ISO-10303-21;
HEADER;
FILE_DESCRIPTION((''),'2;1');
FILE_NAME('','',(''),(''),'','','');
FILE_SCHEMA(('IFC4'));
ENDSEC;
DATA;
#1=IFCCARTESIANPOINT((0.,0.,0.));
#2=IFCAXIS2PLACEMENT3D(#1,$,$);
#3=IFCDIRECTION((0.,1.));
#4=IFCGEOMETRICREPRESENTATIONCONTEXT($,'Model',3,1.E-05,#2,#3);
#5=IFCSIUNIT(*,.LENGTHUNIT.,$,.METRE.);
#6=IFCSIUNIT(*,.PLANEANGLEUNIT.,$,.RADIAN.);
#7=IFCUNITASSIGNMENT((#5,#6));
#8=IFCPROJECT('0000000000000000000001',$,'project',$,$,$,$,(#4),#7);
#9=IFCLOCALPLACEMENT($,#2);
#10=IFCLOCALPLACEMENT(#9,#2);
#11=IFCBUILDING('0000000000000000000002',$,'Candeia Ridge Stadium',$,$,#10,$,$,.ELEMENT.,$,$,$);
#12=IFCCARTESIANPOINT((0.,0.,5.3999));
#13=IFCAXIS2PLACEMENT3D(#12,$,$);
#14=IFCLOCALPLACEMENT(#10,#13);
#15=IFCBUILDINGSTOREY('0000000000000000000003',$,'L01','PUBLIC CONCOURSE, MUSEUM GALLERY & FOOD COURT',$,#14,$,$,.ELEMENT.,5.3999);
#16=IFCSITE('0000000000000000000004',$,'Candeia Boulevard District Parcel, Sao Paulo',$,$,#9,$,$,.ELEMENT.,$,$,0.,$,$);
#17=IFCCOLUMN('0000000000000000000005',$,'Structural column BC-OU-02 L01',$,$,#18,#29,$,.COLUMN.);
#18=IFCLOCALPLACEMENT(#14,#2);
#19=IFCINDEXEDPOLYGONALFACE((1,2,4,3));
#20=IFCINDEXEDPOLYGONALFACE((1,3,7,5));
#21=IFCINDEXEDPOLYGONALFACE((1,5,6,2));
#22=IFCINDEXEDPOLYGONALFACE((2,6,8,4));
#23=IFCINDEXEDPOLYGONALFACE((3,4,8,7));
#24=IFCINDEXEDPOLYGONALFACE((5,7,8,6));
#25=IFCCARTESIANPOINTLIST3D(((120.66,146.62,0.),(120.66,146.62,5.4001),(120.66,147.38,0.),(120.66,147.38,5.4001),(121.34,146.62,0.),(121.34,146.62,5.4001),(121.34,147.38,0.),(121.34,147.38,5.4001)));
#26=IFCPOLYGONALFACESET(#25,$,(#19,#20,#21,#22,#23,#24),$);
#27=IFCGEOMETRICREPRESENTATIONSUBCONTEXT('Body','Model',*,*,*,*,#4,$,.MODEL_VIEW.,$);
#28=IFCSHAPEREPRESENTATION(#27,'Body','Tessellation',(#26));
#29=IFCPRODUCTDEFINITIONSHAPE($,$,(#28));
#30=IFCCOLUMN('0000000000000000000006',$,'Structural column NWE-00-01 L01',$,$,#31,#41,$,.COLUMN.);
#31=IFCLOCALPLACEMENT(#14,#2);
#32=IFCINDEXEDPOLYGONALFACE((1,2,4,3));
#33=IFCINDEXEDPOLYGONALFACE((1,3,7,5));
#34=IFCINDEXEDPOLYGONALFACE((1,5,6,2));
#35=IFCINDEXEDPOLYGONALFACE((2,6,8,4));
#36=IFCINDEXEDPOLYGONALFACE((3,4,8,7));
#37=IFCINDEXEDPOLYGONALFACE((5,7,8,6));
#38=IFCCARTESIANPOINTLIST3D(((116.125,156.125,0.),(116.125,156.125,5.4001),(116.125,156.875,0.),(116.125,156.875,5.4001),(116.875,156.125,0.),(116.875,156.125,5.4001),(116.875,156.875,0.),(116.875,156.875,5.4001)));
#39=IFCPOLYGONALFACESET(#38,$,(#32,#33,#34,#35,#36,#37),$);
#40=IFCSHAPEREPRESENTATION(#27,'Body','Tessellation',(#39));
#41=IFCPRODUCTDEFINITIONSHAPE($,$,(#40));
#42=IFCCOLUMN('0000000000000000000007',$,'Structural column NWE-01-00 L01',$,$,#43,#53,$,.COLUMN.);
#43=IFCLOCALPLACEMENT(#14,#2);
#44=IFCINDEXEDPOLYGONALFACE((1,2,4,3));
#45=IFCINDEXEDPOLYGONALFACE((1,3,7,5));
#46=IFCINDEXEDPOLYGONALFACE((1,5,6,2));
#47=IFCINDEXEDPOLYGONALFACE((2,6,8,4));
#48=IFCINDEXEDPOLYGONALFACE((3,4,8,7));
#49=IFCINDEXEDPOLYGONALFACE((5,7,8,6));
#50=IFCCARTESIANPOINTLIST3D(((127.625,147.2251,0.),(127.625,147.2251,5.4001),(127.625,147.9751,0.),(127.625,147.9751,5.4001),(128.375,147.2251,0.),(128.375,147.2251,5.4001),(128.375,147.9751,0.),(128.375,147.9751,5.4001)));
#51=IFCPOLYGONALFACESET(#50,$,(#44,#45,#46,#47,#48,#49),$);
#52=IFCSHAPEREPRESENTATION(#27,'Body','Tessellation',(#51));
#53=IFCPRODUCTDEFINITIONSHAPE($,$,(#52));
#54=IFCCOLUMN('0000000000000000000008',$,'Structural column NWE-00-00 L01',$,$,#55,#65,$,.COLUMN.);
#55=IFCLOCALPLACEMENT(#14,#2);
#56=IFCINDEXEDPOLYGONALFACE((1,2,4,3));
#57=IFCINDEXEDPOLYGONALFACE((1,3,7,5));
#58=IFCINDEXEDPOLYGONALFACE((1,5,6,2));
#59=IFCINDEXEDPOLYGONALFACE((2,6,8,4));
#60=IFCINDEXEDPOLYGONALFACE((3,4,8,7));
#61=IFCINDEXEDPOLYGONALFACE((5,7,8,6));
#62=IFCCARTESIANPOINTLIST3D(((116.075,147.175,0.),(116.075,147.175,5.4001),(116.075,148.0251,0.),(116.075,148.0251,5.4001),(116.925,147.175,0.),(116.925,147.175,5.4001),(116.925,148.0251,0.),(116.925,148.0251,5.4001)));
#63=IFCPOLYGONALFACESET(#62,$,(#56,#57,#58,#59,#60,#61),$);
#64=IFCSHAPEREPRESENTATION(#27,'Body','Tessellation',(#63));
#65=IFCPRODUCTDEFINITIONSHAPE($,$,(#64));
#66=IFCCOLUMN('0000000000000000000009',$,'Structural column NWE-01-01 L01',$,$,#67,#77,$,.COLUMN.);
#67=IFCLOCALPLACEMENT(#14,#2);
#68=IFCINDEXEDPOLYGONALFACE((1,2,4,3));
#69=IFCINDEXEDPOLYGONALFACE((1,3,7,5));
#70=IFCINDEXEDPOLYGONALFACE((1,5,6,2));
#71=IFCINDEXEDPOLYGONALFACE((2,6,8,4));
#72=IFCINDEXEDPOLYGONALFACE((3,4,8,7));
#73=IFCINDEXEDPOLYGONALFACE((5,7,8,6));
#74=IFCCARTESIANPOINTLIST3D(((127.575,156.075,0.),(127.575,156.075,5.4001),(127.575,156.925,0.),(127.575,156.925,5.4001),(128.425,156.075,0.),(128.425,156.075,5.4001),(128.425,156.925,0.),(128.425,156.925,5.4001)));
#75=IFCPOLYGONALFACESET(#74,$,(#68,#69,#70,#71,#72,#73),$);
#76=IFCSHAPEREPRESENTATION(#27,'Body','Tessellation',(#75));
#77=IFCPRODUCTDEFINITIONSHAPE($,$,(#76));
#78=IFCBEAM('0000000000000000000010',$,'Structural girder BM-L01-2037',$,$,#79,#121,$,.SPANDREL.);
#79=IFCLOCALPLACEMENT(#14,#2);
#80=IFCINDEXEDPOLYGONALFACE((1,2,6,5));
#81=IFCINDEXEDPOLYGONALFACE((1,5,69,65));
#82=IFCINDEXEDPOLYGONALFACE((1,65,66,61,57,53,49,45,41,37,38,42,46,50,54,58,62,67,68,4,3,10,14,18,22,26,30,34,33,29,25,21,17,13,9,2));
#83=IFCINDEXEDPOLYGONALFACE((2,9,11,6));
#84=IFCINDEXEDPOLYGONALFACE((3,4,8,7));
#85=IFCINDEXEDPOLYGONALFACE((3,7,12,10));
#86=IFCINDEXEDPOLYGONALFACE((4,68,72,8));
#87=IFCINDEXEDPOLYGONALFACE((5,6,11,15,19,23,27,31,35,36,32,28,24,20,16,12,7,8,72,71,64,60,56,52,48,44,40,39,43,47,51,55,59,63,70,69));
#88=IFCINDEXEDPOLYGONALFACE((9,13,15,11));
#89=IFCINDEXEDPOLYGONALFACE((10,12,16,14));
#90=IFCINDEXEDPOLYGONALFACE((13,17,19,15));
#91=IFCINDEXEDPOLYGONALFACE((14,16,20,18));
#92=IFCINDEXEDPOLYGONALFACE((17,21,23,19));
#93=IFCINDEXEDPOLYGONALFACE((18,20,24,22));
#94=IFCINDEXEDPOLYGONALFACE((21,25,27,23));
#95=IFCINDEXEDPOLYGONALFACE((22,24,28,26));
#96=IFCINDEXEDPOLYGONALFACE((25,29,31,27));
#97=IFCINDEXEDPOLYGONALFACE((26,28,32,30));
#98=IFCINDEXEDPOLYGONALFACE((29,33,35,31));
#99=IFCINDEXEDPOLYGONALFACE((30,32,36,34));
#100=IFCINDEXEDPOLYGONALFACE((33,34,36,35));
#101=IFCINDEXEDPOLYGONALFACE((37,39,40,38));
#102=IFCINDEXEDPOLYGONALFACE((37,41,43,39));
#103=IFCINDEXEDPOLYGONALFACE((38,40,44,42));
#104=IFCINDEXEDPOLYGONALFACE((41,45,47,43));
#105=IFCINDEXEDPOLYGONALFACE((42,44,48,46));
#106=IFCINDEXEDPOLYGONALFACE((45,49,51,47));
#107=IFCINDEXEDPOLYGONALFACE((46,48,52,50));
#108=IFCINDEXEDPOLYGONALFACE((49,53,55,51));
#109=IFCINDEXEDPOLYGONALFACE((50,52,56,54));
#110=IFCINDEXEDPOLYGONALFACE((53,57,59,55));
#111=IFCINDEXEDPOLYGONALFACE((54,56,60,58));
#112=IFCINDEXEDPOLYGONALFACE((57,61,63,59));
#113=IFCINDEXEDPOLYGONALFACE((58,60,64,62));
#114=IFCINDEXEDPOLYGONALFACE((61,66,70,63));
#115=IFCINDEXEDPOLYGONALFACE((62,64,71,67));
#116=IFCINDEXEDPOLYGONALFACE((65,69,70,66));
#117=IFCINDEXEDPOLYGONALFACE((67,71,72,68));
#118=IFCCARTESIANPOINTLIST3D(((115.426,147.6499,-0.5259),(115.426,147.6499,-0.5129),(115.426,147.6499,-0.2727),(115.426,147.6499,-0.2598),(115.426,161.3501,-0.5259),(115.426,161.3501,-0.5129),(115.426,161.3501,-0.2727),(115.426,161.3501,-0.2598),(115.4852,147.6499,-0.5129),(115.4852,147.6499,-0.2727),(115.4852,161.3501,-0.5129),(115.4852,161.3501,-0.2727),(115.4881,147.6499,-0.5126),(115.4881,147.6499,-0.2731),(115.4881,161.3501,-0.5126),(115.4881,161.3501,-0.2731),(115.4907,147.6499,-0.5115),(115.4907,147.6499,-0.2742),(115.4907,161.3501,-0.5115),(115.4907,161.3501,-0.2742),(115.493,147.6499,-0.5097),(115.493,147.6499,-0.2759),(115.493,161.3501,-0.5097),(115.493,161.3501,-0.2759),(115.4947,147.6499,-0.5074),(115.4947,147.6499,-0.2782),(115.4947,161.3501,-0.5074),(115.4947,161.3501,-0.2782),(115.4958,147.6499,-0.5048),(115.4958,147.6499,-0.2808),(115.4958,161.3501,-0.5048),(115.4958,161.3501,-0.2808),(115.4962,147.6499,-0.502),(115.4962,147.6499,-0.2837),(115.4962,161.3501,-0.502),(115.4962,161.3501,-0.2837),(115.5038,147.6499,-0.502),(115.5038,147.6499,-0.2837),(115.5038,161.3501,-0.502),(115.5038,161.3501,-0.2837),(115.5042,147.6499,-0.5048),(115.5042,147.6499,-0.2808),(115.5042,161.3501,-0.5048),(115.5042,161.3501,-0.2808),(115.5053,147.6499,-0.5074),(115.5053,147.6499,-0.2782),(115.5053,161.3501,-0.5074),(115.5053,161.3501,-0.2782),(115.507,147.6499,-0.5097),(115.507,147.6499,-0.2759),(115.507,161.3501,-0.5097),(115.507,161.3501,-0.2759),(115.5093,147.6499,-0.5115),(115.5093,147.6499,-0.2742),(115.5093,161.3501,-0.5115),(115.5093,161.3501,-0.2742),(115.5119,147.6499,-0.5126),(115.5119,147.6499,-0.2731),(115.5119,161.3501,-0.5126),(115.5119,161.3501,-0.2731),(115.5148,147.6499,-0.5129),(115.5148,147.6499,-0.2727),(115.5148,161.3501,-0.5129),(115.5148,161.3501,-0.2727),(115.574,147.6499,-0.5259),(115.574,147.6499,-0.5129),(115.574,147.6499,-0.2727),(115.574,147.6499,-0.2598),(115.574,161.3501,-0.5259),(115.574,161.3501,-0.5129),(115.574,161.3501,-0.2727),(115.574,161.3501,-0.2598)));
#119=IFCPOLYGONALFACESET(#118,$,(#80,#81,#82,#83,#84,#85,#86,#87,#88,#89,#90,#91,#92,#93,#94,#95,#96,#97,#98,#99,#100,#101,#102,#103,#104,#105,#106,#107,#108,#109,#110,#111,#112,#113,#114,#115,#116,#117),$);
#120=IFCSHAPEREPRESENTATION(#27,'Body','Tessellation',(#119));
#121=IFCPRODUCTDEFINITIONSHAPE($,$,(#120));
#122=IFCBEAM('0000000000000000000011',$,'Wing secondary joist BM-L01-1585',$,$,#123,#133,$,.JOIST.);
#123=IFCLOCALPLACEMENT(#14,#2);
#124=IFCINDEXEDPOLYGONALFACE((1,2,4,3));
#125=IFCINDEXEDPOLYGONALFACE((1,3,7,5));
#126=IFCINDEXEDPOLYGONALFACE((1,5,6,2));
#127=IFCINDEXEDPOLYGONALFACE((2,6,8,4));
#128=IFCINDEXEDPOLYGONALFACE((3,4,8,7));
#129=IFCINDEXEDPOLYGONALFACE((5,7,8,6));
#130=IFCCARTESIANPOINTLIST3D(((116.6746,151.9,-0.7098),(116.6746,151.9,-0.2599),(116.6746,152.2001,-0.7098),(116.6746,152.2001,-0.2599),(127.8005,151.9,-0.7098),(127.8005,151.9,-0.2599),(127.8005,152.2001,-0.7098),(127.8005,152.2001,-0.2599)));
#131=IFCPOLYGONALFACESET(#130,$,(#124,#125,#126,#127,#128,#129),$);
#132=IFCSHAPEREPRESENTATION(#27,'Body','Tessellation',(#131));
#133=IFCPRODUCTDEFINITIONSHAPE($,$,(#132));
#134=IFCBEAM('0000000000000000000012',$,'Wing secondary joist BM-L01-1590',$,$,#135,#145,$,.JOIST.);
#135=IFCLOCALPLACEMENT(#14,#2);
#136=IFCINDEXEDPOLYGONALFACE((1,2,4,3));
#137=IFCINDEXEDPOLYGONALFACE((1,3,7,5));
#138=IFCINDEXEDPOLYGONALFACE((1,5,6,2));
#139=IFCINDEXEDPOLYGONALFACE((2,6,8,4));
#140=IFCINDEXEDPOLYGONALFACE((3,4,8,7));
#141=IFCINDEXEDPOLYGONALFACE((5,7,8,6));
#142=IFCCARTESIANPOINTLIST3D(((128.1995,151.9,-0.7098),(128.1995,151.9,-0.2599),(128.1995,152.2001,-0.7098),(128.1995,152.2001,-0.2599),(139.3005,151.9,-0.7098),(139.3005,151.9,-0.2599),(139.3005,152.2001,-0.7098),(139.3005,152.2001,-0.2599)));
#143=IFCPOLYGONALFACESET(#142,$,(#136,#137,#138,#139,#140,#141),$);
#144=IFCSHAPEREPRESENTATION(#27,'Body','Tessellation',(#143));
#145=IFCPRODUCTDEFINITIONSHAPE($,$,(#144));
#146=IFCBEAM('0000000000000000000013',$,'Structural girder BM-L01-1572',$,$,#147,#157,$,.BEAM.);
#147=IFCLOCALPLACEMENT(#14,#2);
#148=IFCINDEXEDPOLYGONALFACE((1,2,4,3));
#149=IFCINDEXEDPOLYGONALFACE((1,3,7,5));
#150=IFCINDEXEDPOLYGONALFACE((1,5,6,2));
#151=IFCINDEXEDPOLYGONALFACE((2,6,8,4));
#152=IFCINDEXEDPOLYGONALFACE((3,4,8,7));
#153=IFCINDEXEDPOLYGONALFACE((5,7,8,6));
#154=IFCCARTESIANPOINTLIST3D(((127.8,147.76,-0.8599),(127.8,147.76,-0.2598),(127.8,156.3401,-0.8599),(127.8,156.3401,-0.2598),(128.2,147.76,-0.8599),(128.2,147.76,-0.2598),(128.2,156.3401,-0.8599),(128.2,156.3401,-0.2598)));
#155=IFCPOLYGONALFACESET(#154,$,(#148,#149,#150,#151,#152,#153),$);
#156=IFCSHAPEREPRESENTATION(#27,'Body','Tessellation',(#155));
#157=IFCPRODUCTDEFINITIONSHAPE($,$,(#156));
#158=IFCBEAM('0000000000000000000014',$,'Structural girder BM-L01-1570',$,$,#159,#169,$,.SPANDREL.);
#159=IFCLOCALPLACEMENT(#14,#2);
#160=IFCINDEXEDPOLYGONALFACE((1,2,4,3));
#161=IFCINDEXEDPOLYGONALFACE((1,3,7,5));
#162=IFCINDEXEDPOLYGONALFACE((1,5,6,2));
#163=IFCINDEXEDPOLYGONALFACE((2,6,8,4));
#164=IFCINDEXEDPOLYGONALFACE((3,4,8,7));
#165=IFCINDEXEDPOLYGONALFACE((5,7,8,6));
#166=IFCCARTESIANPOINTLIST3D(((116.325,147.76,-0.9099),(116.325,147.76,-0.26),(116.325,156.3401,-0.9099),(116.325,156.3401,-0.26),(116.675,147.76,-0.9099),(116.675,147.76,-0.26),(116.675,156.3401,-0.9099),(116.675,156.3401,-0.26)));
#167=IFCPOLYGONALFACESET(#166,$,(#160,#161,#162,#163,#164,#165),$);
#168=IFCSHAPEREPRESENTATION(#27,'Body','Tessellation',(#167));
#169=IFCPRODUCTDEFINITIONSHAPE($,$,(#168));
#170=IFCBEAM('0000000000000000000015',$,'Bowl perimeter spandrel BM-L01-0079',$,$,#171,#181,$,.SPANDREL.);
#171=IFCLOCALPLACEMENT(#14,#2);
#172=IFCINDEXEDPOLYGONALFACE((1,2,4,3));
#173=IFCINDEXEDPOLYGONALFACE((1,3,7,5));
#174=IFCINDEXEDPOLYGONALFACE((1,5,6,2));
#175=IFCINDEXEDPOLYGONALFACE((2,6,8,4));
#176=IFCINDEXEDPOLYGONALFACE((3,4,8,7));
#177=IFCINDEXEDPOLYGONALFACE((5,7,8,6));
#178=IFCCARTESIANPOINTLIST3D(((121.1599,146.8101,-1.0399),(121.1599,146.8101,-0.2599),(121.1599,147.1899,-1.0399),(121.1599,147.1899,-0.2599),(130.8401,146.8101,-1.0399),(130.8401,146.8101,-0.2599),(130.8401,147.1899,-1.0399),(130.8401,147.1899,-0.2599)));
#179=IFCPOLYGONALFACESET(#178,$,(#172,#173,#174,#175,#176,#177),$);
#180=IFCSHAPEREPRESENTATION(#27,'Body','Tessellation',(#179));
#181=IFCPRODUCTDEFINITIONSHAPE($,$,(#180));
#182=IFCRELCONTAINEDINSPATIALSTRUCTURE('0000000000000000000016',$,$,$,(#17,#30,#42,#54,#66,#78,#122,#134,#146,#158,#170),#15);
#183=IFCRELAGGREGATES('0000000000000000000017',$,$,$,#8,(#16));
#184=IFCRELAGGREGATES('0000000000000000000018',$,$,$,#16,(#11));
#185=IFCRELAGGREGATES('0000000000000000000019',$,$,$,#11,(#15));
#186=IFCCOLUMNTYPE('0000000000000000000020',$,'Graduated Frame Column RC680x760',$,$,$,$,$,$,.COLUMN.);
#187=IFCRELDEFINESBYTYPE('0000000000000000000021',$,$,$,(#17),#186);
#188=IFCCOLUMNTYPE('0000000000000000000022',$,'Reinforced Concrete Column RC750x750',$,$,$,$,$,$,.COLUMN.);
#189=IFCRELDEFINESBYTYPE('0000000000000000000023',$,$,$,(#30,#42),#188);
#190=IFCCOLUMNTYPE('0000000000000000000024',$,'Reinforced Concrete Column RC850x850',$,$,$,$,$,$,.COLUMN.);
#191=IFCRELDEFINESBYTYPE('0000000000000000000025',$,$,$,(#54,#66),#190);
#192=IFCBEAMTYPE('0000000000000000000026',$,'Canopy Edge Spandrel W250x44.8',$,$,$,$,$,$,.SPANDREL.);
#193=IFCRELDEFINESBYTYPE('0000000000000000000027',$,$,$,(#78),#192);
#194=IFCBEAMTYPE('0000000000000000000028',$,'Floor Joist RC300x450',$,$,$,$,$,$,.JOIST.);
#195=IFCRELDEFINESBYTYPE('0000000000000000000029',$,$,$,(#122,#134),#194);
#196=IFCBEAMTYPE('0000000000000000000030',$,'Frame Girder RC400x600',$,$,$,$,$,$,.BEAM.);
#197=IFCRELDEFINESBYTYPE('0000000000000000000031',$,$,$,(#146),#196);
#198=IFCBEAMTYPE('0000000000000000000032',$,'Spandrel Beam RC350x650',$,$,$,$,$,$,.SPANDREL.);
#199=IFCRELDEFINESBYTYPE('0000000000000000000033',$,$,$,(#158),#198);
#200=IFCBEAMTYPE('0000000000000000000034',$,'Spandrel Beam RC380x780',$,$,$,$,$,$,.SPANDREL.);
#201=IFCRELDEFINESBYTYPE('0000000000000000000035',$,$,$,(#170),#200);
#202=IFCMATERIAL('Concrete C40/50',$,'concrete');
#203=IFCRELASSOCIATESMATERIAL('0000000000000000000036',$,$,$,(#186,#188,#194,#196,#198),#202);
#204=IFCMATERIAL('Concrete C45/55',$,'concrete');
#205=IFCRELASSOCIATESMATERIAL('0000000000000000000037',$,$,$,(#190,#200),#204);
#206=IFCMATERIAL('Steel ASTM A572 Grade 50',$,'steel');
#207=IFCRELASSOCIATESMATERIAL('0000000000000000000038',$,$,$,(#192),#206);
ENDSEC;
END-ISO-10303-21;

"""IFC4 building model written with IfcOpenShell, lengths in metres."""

from ifc_helpers import new_model, si_unit, direction, frame, origin, origin_2d, place, context, subcontext, project, spatial, rectangle, i_section, extrude, material, material_profile, profile_set, type_object, element, save


model = new_model("IFC4")

# Units and contexts
model_context = context("Model", 3, precision=1e-05, world=origin(), true_north=direction((0.0, 1.0)))
body_context = subcontext(model_context, "Body", "Model", "MODEL_VIEW")
ifc_project = project(units=[si_unit("LENGTHUNIT", "METRE"), si_unit("PLANEANGLEUNIT", "RADIAN")], contexts=[model_context])

# Site, building, storey
site_placement = place(None, origin())
site = spatial("IfcSite", under=ifc_project, at=site_placement, Name="Candeia Boulevard District Parcel, Sao Paulo", CompositionType="ELEMENT", RefElevation=0.0)
building_placement = place(site_placement, origin())
building = spatial("IfcBuilding", under=site, at=building_placement, Name="Candeia Ridge Stadium", CompositionType="ELEMENT")
storey_placement = place(building_placement, frame((0.0, 0.0, 5.3999)))
storey = spatial("IfcBuildingStorey", under=building, at=storey_placement, Name="L01", Description="PUBLIC CONCOURSE, MUSEUM GALLERY & FOOD COURT", CompositionType="ELEMENT", Elevation=5.3999)

# Columns
ifc_material_1 = material(Name="Concrete C40/50", Category="concrete")
ifc_material_profile_1 = material_profile(ifc_material_1, rectangle(XDim=0.6799, YDim=0.76, at=origin_2d()), Name="RC680x760", Category="concrete")
ifc_profile_set_1 = profile_set([ifc_material_profile_1], Name="Concrete C40/50")
column_type_1 = type_object("IfcColumnType", Name="Graduated Frame Column RC680x760", PredefinedType="COLUMN", material=ifc_profile_set_1)
column_placement = place(storey_placement, frame((121.0, 147.0, 0.0), z_axis=(0.0, 0.0, 1.0), x_axis=(1.0, 0.0, 0.0)))
element("IfcColumn", 1, at=column_placement, inside=storey, type_object=column_type_1, Name="Structural column BC-OU-02 L01", PredefinedType="COLUMN", context=body_context, shape_type="SweptSolid", body=[
    extrude(rectangle(XDim=0.6799, YDim=0.76, at=origin_2d()), origin(), (0.0, 0.0, 1.0), 5.4001),
])
ifc_material_profile_2 = material_profile(ifc_material_1, rectangle(XDim=0.75, YDim=0.75, at=origin_2d()), Name="RC750x750", Category="concrete")
ifc_profile_set_2 = profile_set([ifc_material_profile_2], Name="Concrete C40/50")
column_type_2 = type_object("IfcColumnType", Name="Reinforced Concrete Column RC750x750", PredefinedType="COLUMN", material=ifc_profile_set_2)
for number, where, z_axis, x_axis, name in (
    (2, (116.5, 156.5, 0.0), (0.0, 0.0, 1.0), (1.0, 0.0, 0.0), "Structural column NWE-00-01 L01"),
    (3, (128.0, 147.6001, 0.0), (0.0, 0.0, 1.0), (1.0, 0.0, 0.0), "Structural column NWE-01-00 L01"),
):
    element("IfcColumn", number, at=place(storey_placement, frame(where, z_axis=z_axis, x_axis=x_axis)), inside=storey, type_object=column_type_2, Name=name, PredefinedType="COLUMN", context=body_context, shape_type="SweptSolid", body=[
        extrude(rectangle(XDim=0.75, YDim=0.75, at=origin_2d()), origin(), (0.0, 0.0, 1.0), 5.4001),
    ])
ifc_material_2 = material(Name="Concrete C45/55", Category="concrete")
ifc_material_profile_3 = material_profile(ifc_material_2, rectangle(XDim=0.8501, YDim=0.8501, at=origin_2d()), Name="RC850x850", Category="concrete")
ifc_profile_set_3 = profile_set([ifc_material_profile_3], Name="Concrete C45/55")
column_type_3 = type_object("IfcColumnType", Name="Reinforced Concrete Column RC850x850", PredefinedType="COLUMN", material=ifc_profile_set_3)
for number, where, z_axis, x_axis, name in (
    (4, (116.5, 147.6001, 0.0), (0.0, 0.0, 1.0), (1.0, 0.0, 0.0), "Structural column NWE-00-00 L01"),
    (5, (128.0, 156.5, 0.0), (0.0, 0.0, 1.0), (1.0, 0.0, 0.0), "Structural column NWE-01-01 L01"),
):
    element("IfcColumn", number, at=place(storey_placement, frame(where, z_axis=z_axis, x_axis=x_axis)), inside=storey, type_object=column_type_3, Name=name, PredefinedType="COLUMN", context=body_context, shape_type="SweptSolid", body=[
        extrude(rectangle(XDim=0.8501, YDim=0.8501, at=origin_2d()), origin(), (0.0, 0.0, 1.0), 5.4001),
    ])

# Beams
ifc_material_3 = material(Name="Steel ASTM A572 Grade 50", Category="steel")
ifc_material_profile_4 = material_profile(ifc_material_3, i_section(OverallWidth=0.1479, OverallDepth=0.2661, WebThickness=0.0076, FlangeThickness=0.0129, FilletRadius=0.011, at=origin_2d()), Name="W250x44.8", Category="steel")
ifc_profile_set_4 = profile_set([ifc_material_profile_4], Name="Steel ASTM A572 Grade 50")
beam_type_1 = type_object("IfcBeamType", Name="Canopy Edge Spandrel W250x44.8", PredefinedType="SPANDREL", material=ifc_profile_set_4)
beam_1_placement = place(storey_placement, frame((115.5, 147.6499, -0.3928), z_axis=(0.0, 1.0, 0.0), x_axis=(-1.0, 0.0, 0.0)))
element("IfcBeam", 6, at=beam_1_placement, inside=storey, type_object=beam_type_1, Name="Structural girder BM-L01-2037", PredefinedType="SPANDREL", context=body_context, shape_type="SweptSolid", body=[
    extrude(i_section(OverallWidth=0.1479, OverallDepth=0.2661, WebThickness=0.0076, FlangeThickness=0.0129, FilletRadius=0.011, at=origin_2d()), origin(), (0.0, 0.0, 1.0), 13.7002),
])
ifc_material_profile_5 = material_profile(ifc_material_1, rectangle(XDim=0.3, YDim=0.45, at=origin_2d()), Name="RC300x450", Category="concrete")
ifc_profile_set_5 = profile_set([ifc_material_profile_5], Name="Concrete C40/50")
beam_type_2 = type_object("IfcBeamType", Name="Floor Joist RC300x450", PredefinedType="JOIST", material=ifc_profile_set_5)
beam_2_placement = place(storey_placement, frame((116.6746, 152.05, -0.4849), z_axis=(1.0, 0.0, 0.0), x_axis=(0.0, 1.0, 0.0)))
element("IfcBeam", 7, at=beam_2_placement, inside=storey, type_object=beam_type_2, Name="Wing secondary joist BM-L01-1585", PredefinedType="JOIST", context=body_context, shape_type="SweptSolid", body=[
    extrude(rectangle(XDim=0.3, YDim=0.45, at=origin_2d()), origin(), (0.0, 0.0, 1.0), 11.126),
])
beam_3_placement = place(storey_placement, frame((128.1995, 152.05, -0.4849), z_axis=(1.0, 0.0, 0.0), x_axis=(0.0, 1.0, 0.0)))
element("IfcBeam", 8, at=beam_3_placement, inside=storey, type_object=beam_type_2, Name="Wing secondary joist BM-L01-1590", PredefinedType="JOIST", context=body_context, shape_type="SweptSolid", body=[
    extrude(rectangle(XDim=0.3, YDim=0.45, at=origin_2d()), origin(), (0.0, 0.0, 1.0), 11.1011),
])
ifc_material_profile_6 = material_profile(ifc_material_1, rectangle(XDim=0.3999, YDim=0.6001, at=origin_2d()), Name="RC400x600", Category="concrete")
ifc_profile_set_6 = profile_set([ifc_material_profile_6], Name="Concrete C40/50")
beam_type_3 = type_object("IfcBeamType", Name="Frame Girder RC400x600", PredefinedType="BEAM", material=ifc_profile_set_6)
beam_4_placement = place(storey_placement, frame((128.0, 147.76, -0.5598), z_axis=(0.0, 1.0, 0.0), x_axis=(-1.0, 0.0, 0.0)))
element("IfcBeam", 9, at=beam_4_placement, inside=storey, type_object=beam_type_3, Name="Structural girder BM-L01-1572", PredefinedType="BEAM", context=body_context, shape_type="SweptSolid", body=[
    extrude(rectangle(XDim=0.3999, YDim=0.6001, at=origin_2d()), origin(), (0.0, 0.0, 1.0), 8.5801),
])
ifc_material_profile_7 = material_profile(ifc_material_1, rectangle(XDim=0.3501, YDim=0.6499, at=origin_2d()), Name="RC350x650", Category="concrete")
ifc_profile_set_7 = profile_set([ifc_material_profile_7], Name="Concrete C40/50")
beam_type_4 = type_object("IfcBeamType", Name="Spandrel Beam RC350x650", PredefinedType="SPANDREL", material=ifc_profile_set_7)
beam_5_placement = place(storey_placement, frame((116.5, 147.76, -0.585), z_axis=(0.0, 1.0, 0.0), x_axis=(-1.0, 0.0, 0.0)))
element("IfcBeam", 10, at=beam_5_placement, inside=storey, type_object=beam_type_4, Name="Structural girder BM-L01-1570", PredefinedType="SPANDREL", context=body_context, shape_type="SweptSolid", body=[
    extrude(rectangle(XDim=0.3501, YDim=0.6499, at=origin_2d()), origin(), (0.0, 0.0, 1.0), 8.5801),
])
ifc_material_profile_8 = material_profile(ifc_material_2, rectangle(XDim=0.3799, YDim=0.78, at=origin_2d()), Name="RC380x780", Category="concrete")
ifc_profile_set_8 = profile_set([ifc_material_profile_8], Name="Concrete C45/55")
beam_type_5 = type_object("IfcBeamType", Name="Spandrel Beam RC380x780", PredefinedType="SPANDREL", material=ifc_profile_set_8)
for number, where, z_axis, x_axis, name in (
    (11, (130.8401, 147.0, -0.6499), (-1.0, 0.0, 0.0), (0.0, -1.0, 0.0), "Bowl perimeter spandrel BM-L01-0079"),
):
    element("IfcBeam", number, at=place(storey_placement, frame(where, z_axis=z_axis, x_axis=x_axis)), inside=storey, type_object=beam_type_5, Name=name, PredefinedType="SPANDREL", context=body_context, shape_type="SweptSolid", body=[
        extrude(rectangle(XDim=0.3799, YDim=0.78, at=origin_2d()), origin(), (0.0, 0.0, 1.0), 9.6802),
    ])

save(model, "model.ifc")
